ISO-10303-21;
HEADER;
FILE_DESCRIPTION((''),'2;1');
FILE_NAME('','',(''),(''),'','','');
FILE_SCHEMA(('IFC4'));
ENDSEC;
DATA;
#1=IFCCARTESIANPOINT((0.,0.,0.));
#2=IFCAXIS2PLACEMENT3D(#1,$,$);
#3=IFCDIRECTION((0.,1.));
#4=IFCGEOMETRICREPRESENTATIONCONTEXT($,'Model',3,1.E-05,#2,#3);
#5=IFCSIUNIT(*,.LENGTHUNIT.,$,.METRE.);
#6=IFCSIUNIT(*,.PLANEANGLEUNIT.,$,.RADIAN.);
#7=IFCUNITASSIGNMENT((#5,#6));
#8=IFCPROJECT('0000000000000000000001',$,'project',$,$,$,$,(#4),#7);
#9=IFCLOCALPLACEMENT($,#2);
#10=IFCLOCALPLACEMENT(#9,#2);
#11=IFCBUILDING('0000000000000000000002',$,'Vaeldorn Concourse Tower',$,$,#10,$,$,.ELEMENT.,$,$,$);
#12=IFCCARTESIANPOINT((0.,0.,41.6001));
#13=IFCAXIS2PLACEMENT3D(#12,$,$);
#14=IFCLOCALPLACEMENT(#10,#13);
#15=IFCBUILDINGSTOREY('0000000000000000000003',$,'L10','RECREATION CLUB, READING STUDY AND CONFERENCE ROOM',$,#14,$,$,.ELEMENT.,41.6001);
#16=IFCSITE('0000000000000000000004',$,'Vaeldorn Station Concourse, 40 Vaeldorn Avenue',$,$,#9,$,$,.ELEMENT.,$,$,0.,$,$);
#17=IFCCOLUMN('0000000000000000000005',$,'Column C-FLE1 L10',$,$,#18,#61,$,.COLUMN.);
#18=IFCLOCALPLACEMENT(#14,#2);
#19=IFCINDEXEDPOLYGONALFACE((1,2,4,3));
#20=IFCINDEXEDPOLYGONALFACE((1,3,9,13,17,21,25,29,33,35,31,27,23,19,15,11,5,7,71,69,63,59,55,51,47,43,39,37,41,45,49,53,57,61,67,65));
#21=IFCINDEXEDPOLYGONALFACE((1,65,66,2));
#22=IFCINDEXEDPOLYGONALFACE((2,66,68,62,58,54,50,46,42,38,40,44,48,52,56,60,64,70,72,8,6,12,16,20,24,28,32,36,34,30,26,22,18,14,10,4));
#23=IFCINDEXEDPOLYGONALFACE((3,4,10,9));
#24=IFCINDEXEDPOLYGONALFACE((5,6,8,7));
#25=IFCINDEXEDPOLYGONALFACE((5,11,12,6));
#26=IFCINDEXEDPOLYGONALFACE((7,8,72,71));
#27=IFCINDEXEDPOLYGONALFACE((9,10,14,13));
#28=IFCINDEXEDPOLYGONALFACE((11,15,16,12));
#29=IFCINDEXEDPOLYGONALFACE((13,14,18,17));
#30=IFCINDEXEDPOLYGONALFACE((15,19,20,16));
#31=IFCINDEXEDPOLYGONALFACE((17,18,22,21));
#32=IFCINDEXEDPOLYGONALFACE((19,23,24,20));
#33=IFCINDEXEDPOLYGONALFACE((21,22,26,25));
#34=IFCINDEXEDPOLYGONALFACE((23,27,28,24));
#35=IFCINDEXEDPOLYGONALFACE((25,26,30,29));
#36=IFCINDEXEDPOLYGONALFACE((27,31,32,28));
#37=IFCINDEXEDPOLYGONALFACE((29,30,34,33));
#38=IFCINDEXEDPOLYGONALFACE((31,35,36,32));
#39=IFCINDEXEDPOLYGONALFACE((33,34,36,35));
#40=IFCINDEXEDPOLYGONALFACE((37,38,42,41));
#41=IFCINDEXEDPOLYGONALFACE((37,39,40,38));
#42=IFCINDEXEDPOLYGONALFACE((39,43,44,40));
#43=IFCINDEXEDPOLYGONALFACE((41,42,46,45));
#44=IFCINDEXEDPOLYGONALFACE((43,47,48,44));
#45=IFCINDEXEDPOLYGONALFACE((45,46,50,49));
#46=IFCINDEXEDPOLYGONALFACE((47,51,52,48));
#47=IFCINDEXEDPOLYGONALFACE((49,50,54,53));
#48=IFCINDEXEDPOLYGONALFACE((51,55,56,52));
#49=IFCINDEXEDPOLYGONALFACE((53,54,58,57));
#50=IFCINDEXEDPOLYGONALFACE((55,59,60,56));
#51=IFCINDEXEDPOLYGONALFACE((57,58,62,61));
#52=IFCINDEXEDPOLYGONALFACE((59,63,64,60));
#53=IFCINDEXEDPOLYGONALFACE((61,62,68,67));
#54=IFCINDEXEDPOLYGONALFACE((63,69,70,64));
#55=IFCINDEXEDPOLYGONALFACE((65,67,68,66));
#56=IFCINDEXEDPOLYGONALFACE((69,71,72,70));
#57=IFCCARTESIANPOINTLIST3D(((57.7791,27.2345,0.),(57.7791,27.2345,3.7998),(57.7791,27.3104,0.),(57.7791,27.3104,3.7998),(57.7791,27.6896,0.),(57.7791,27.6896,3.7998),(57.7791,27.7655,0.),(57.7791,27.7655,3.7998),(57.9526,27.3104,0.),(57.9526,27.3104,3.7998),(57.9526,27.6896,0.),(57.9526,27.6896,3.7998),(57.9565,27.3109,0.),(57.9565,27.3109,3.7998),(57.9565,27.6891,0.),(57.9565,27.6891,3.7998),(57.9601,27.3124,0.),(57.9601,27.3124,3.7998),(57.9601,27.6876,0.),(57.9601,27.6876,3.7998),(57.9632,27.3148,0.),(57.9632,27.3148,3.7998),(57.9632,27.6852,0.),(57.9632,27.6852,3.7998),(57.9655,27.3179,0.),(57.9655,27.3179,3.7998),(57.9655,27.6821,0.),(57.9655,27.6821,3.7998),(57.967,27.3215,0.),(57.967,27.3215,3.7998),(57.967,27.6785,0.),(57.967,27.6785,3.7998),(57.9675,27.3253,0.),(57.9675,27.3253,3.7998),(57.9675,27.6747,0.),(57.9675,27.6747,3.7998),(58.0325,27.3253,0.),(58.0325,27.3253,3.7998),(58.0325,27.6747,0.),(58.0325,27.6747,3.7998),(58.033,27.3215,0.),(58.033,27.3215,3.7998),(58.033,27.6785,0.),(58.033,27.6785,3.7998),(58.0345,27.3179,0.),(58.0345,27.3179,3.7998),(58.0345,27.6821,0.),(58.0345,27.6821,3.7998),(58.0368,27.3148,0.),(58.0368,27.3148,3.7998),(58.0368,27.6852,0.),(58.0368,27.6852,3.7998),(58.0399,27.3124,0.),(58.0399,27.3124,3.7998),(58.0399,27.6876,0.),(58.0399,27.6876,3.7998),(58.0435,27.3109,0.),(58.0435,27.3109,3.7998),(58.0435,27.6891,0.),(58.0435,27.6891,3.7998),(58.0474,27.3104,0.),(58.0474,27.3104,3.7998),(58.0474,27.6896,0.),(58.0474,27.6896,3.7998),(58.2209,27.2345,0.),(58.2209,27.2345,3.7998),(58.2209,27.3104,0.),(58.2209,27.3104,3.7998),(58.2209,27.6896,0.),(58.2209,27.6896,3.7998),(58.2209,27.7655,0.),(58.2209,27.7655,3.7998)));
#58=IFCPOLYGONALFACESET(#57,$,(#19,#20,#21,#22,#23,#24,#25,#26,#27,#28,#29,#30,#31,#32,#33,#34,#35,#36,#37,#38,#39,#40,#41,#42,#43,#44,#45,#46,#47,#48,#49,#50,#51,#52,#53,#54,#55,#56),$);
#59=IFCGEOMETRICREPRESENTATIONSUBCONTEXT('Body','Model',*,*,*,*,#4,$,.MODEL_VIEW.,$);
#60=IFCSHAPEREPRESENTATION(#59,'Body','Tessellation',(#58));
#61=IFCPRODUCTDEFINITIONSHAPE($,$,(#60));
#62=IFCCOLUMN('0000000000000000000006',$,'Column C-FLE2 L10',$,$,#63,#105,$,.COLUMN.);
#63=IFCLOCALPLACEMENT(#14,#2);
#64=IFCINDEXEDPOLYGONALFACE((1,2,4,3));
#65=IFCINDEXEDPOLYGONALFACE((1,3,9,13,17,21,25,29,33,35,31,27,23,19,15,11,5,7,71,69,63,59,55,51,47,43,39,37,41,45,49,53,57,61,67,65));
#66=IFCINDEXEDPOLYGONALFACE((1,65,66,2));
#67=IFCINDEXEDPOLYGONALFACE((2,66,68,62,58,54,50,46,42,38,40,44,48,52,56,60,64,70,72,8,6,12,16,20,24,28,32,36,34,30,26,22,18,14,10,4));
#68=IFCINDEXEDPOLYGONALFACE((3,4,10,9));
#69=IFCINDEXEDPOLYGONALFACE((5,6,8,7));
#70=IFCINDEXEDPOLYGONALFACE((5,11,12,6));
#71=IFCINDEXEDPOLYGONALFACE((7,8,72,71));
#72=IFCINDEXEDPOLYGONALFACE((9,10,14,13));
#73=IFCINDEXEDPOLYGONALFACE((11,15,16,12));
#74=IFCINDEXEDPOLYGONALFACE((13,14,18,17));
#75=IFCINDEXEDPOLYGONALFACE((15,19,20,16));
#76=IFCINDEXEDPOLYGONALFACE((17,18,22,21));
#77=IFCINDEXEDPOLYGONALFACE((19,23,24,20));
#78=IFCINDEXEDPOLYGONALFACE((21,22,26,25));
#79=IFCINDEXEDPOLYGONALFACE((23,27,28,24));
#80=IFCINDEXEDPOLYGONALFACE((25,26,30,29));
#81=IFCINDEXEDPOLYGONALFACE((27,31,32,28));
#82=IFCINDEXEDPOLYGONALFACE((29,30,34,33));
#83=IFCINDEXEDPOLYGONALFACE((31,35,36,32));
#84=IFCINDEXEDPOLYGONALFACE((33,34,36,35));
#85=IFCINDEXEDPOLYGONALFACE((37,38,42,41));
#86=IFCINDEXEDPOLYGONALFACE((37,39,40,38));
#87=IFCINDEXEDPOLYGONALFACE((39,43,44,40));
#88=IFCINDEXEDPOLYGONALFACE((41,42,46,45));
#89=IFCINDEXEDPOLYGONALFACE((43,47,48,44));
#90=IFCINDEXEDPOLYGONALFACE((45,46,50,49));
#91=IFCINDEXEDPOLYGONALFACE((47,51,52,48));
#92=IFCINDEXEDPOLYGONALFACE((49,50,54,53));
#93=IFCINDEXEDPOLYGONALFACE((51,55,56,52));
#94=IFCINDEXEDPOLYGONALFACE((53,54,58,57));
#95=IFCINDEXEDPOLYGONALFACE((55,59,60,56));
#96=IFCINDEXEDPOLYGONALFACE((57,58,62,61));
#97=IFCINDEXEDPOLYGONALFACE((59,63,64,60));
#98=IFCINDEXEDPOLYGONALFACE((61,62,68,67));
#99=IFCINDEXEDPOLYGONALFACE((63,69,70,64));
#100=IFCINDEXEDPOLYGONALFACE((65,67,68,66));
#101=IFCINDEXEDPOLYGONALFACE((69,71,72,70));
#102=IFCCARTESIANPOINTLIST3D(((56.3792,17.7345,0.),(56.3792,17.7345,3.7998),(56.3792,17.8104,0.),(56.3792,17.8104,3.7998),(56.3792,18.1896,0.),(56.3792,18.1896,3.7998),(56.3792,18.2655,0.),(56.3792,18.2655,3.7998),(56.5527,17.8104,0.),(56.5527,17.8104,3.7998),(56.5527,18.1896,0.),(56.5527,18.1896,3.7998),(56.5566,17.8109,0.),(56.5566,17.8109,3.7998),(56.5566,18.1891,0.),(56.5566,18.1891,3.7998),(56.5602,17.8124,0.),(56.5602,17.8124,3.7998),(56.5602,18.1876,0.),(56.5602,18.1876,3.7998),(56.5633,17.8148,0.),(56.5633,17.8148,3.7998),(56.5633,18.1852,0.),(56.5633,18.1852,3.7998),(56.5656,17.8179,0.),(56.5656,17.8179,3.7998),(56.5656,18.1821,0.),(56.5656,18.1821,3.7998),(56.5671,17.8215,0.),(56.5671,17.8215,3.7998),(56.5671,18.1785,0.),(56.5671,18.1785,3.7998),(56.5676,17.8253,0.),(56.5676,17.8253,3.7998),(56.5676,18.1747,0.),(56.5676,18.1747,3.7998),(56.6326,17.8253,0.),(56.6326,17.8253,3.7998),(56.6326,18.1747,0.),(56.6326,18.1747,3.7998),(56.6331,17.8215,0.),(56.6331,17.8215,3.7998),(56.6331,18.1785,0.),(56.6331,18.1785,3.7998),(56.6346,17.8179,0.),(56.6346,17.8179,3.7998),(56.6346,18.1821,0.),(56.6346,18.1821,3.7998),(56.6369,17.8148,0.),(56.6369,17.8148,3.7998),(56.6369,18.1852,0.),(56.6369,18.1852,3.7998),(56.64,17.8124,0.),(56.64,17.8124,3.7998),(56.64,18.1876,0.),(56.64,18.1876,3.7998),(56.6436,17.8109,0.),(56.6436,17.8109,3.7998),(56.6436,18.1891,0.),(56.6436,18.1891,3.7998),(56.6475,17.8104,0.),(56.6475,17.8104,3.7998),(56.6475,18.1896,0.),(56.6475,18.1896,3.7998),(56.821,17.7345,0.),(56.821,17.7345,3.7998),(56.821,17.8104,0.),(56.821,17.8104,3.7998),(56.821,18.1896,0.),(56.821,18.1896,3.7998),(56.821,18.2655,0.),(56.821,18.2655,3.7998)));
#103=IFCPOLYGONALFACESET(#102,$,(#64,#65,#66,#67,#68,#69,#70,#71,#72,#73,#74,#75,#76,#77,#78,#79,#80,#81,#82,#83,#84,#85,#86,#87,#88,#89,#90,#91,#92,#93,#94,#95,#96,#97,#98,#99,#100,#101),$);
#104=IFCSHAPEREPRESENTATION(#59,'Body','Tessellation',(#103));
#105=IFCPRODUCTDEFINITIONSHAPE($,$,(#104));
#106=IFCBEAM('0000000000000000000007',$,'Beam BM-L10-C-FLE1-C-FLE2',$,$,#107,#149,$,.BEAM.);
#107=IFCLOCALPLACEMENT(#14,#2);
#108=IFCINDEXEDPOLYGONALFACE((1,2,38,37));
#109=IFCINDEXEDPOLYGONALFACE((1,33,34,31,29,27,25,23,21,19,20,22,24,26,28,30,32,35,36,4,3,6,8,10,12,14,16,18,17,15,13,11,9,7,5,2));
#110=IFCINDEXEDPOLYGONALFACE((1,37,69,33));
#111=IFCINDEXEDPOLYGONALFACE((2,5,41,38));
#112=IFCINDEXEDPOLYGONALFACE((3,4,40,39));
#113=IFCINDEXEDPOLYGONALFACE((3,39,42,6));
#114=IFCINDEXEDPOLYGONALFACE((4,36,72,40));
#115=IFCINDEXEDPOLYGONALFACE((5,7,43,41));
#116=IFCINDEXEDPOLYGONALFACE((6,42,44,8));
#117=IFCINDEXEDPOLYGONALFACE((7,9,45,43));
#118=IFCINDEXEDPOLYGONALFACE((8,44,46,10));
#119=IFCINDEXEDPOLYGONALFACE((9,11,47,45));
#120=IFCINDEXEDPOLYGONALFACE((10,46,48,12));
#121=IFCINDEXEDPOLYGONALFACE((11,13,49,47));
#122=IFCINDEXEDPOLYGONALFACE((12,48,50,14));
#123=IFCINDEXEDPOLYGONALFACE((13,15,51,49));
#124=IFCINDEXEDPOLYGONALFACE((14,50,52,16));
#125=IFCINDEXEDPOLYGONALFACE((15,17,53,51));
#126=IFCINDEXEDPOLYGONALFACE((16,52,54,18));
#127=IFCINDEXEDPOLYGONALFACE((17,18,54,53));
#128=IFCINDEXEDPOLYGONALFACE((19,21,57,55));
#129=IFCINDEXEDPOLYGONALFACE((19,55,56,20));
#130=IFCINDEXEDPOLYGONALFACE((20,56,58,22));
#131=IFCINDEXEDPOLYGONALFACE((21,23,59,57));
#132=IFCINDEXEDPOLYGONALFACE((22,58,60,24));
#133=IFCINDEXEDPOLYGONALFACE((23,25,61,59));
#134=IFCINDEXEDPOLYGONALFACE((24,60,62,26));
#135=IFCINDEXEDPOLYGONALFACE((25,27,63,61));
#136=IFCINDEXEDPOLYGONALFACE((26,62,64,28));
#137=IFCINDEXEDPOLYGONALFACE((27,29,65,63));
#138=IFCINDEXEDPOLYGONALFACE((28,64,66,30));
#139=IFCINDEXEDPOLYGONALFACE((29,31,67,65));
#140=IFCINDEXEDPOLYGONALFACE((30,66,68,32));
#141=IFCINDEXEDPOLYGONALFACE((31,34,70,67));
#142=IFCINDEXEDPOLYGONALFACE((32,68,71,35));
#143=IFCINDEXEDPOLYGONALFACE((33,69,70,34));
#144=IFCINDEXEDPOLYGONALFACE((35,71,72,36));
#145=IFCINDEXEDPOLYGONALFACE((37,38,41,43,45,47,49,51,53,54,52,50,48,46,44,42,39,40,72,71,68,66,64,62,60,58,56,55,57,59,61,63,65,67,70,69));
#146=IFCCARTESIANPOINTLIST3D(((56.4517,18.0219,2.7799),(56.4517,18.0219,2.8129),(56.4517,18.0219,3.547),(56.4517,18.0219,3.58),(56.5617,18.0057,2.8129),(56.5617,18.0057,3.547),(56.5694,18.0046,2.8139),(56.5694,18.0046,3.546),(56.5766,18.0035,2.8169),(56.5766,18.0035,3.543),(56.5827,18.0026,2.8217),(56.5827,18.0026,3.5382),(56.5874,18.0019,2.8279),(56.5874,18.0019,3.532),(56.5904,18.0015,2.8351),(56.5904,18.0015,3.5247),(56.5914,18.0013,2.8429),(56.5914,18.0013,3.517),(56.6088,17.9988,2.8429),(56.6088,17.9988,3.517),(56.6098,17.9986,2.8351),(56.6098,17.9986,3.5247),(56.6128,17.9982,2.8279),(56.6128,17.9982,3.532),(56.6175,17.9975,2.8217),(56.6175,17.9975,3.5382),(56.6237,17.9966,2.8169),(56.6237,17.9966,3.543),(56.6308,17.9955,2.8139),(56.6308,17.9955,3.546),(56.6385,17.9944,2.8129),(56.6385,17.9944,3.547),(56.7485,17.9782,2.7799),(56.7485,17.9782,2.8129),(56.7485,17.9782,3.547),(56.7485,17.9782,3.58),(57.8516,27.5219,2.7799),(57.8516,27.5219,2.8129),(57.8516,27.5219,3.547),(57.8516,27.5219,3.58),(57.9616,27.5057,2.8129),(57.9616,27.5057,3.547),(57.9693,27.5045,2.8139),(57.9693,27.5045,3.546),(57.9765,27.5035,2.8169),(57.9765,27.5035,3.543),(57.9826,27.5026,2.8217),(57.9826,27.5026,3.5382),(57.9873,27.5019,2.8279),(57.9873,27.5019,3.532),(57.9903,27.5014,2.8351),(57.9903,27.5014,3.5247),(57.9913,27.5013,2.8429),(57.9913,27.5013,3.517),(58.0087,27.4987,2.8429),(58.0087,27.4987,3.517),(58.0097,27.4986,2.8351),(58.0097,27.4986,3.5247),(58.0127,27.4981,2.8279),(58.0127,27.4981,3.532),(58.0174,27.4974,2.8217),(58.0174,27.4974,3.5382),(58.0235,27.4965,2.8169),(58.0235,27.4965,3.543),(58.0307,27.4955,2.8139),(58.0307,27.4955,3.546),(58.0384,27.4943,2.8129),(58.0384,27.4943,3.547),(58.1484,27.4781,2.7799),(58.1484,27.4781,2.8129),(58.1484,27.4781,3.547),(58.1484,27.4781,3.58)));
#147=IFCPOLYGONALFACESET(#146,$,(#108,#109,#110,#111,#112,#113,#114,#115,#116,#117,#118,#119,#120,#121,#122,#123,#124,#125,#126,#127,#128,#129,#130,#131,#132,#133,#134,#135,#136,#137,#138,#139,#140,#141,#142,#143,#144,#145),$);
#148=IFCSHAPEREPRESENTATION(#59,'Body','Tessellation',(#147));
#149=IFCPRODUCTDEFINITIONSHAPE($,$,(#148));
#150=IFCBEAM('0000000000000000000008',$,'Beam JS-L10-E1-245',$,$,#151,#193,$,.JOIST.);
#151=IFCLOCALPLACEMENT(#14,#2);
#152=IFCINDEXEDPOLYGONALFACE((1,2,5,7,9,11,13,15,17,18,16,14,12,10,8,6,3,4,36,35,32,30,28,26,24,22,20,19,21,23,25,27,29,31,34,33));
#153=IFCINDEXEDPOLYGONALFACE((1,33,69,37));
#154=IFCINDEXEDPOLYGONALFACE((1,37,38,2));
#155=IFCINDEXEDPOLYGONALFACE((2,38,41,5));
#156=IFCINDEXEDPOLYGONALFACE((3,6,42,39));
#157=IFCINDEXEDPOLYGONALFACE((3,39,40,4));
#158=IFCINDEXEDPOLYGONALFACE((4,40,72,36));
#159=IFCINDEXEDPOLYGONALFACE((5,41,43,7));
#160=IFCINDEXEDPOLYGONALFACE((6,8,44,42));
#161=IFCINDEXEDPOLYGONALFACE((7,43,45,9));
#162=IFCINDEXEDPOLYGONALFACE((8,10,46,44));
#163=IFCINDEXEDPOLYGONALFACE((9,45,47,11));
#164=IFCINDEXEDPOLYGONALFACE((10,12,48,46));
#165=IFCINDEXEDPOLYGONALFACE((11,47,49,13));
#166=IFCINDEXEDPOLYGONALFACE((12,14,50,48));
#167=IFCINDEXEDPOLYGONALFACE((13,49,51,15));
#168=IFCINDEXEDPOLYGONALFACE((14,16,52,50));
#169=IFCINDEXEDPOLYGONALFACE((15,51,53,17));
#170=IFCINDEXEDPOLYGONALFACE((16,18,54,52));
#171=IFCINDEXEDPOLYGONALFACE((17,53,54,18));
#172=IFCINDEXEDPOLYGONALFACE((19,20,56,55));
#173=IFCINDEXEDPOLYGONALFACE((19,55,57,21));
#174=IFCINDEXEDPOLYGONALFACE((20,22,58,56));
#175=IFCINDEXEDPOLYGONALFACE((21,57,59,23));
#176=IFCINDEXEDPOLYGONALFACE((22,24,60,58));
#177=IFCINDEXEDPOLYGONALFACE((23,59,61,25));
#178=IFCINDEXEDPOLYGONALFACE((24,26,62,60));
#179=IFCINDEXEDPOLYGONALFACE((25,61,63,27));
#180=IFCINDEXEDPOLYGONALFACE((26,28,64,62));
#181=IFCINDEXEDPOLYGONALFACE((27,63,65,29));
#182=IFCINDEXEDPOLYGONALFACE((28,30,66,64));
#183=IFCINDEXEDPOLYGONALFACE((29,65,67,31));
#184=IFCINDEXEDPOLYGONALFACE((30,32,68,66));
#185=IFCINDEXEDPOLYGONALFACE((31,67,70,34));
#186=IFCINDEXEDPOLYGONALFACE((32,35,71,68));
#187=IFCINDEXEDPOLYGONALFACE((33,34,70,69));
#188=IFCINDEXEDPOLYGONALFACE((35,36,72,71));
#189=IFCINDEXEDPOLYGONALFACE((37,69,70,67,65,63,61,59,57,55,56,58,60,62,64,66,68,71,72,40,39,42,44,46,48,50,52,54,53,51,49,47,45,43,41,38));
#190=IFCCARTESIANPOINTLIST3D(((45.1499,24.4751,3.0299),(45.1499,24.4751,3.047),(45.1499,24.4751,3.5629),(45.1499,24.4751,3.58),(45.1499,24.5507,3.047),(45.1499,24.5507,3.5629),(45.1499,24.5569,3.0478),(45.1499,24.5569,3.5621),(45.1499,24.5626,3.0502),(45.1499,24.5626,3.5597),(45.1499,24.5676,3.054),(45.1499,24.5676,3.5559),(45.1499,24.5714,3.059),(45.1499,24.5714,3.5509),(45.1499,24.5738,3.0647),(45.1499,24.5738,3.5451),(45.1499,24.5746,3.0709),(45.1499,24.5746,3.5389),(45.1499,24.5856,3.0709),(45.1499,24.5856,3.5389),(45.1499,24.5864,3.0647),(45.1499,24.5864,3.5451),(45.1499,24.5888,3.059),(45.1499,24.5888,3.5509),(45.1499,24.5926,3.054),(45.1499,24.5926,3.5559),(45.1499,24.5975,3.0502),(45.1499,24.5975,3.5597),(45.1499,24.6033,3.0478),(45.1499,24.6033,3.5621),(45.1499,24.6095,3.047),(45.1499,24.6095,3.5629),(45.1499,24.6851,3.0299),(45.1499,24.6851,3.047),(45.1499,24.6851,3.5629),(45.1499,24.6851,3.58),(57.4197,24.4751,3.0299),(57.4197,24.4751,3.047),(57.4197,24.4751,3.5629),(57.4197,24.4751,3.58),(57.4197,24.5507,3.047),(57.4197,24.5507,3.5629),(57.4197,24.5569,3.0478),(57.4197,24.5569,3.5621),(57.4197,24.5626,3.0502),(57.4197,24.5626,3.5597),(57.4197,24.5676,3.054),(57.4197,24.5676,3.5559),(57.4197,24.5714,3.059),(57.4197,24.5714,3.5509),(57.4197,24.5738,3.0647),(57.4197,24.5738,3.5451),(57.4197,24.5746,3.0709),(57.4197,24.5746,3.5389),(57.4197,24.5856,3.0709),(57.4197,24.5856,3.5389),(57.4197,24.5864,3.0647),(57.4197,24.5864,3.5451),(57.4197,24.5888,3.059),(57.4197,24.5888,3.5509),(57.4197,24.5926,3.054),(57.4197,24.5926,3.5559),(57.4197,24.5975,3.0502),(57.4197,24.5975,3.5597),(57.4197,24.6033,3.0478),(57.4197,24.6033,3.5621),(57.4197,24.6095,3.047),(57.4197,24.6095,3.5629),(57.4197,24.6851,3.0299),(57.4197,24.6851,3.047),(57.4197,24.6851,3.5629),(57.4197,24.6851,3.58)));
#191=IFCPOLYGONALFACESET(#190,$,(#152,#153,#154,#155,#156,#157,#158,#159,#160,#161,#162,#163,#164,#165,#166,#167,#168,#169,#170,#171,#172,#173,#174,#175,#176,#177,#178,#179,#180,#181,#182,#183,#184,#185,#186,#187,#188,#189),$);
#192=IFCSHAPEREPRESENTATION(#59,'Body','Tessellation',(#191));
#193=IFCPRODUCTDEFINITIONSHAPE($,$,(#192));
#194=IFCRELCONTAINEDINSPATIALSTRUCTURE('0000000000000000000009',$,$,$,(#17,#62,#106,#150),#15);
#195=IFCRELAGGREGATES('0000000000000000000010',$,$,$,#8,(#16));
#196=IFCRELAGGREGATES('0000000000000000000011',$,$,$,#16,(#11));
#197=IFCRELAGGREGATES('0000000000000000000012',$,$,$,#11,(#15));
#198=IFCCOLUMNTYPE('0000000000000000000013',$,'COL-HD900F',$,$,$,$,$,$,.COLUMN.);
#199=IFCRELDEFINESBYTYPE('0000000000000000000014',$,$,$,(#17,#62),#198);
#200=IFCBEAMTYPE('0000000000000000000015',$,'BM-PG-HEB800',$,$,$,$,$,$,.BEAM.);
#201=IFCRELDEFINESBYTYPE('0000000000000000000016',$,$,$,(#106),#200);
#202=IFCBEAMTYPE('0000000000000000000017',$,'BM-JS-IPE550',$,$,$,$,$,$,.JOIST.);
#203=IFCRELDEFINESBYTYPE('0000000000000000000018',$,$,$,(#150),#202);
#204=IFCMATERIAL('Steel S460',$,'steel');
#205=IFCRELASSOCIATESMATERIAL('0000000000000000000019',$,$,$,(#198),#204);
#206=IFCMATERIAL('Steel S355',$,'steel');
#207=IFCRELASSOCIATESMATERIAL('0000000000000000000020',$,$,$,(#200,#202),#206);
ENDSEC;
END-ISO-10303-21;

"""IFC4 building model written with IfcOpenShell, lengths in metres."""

from ifc_helpers import new_model, si_unit, direction, frame, origin, origin_2d, place, context, subcontext, project, spatial, i_section, extrude, source, transform, mapped, material, material_profile, profile_set, type_object, element, save


model = new_model("IFC4")

# Units and contexts
model_context = context("Model", 3, precision=1e-05, world=origin(), true_north=direction((0.0, 1.0)))
body_context = subcontext(model_context, "Body", "Model", "MODEL_VIEW")
ifc_project = project(units=[si_unit("LENGTHUNIT", "METRE"), si_unit("PLANEANGLEUNIT", "RADIAN")], contexts=[model_context])

# Site, building, storey
site_placement = place(None, origin())
site = spatial("IfcSite", under=ifc_project, at=site_placement, Name="Vaeldorn Station Concourse, 40 Vaeldorn Avenue", CompositionType="ELEMENT", RefElevation=0.0)
building_placement = place(site_placement, origin())
building = spatial("IfcBuilding", under=site, at=building_placement, Name="Vaeldorn Concourse Tower", CompositionType="ELEMENT")
storey_placement = place(building_placement, frame((0.0, 0.0, 41.6001)))
storey = spatial("IfcBuildingStorey", under=building, at=storey_placement, Name="L10", Description="RECREATION CLUB, READING STUDY AND CONFERENCE ROOM", CompositionType="ELEMENT", Elevation=41.6001)

# Columns
ifc_material_1 = material(Name="Steel S460", Category="steel")
ifc_material_profile_1 = material_profile(ifc_material_1, i_section(OverallWidth=0.4419, OverallDepth=0.531, WebThickness=0.0649, FlangeThickness=0.0759, FilletRadius=0.0149, at=origin_2d()), Name="HD 400x900")
ifc_profile_set_1 = profile_set([ifc_material_profile_1], Name="Steel S460")
column_type = type_object("IfcColumnType", Name="COL-HD900F", PredefinedType="COLUMN", material=ifc_profile_set_1)
shared_shape_1 = source(origin(), body_context, "Body", "SweptSolid", [
    extrude(i_section(OverallWidth=0.4419, OverallDepth=0.531, WebThickness=0.0649, FlangeThickness=0.0759, FilletRadius=0.0149, at=origin_2d()), origin(), (0.0, 0.0, 1.0), 3.7998),
])
for number, where, z_axis, x_axis, name in (
    (1, (58.0, 27.5, 0.0), (0.0, 0.0, 1.0), (1.0, 0.0, 0.0), "Column C-FLE1 L10"),
    (2, (56.6001, 18.0, 0.0), (0.0, 0.0, 1.0), (1.0, 0.0, 0.0), "Column C-FLE2 L10"),
):
    element("IfcColumn", number, at=place(storey_placement, frame(where, z_axis=z_axis, x_axis=x_axis)), inside=storey, type_object=column_type, Name=name, PredefinedType="COLUMN", context=body_context, shape_type="MappedRepresentation", body=[
        mapped(shared_shape_1, transform((0.0, 0.0, 0.0), scale=1.0)),
    ])

# Beams
ifc_material_2 = material(Name="Steel S355", Category="steel")
ifc_material_profile_2 = material_profile(ifc_material_2, i_section(OverallWidth=0.3, OverallDepth=0.8, WebThickness=0.0176, FlangeThickness=0.033, FilletRadius=0.03, at=origin_2d()), Name="HEB 800")
ifc_profile_set_2 = profile_set([ifc_material_profile_2], Name="Steel S355")
beam_type_1 = type_object("IfcBeamType", Name="BM-PG-HEB800", PredefinedType="BEAM", material=ifc_profile_set_2)
shared_shape_2 = source(origin(), body_context, "Body", "SweptSolid", [
    extrude(i_section(OverallWidth=0.3, OverallDepth=0.8, WebThickness=0.0176, FlangeThickness=0.033, FilletRadius=0.03, at=origin_2d()), origin(), (0.0, 0.0, 1.0), 9.6025),
])
beam_1_placement = place(storey_placement, frame((58.0, 27.5, 3.1799), z_axis=(-0.145784, -0.989316, 0.0), x_axis=(0.989316, -0.145784, 0.0)))
element("IfcBeam", 3, at=beam_1_placement, inside=storey, type_object=beam_type_1, Name="Beam BM-L10-C-FLE1-C-FLE2", PredefinedType="BEAM", context=body_context, shape_type="MappedRepresentation", body=[
    mapped(shared_shape_2, transform((0.0, 0.0, 0.0), scale=1.0)),
])
ifc_material_profile_3 = material_profile(ifc_material_2, i_section(OverallWidth=0.21, OverallDepth=0.55, WebThickness=0.011, FlangeThickness=0.0171, FilletRadius=0.0239, at=origin_2d()), Name="IPE 550")
ifc_profile_set_3 = profile_set([ifc_material_profile_3], Name="Steel S355")
beam_type_2 = type_object("IfcBeamType", Name="BM-JS-IPE550", PredefinedType="JOIST", material=ifc_profile_set_3)
shared_shape_3 = source(origin(), body_context, "Body", "SweptSolid", [
    extrude(i_section(OverallWidth=0.21, OverallDepth=0.55, WebThickness=0.011, FlangeThickness=0.0171, FilletRadius=0.0239, at=origin_2d()), origin(), (0.0, 0.0, 1.0), 12.2698),
])
beam_2_placement = place(storey_placement, frame((45.1499, 24.5801, 3.3049), z_axis=(1.0, 0.0, 0.0), x_axis=(0.0, 1.0, 0.0)))
element("IfcBeam", 4, at=beam_2_placement, inside=storey, type_object=beam_type_2, Name="Beam JS-L10-E1-245", PredefinedType="JOIST", context=body_context, shape_type="MappedRepresentation", body=[
    mapped(shared_shape_3, transform((0.0, 0.0, 0.0), scale=1.0)),
])

save(model, "model.ifc")
